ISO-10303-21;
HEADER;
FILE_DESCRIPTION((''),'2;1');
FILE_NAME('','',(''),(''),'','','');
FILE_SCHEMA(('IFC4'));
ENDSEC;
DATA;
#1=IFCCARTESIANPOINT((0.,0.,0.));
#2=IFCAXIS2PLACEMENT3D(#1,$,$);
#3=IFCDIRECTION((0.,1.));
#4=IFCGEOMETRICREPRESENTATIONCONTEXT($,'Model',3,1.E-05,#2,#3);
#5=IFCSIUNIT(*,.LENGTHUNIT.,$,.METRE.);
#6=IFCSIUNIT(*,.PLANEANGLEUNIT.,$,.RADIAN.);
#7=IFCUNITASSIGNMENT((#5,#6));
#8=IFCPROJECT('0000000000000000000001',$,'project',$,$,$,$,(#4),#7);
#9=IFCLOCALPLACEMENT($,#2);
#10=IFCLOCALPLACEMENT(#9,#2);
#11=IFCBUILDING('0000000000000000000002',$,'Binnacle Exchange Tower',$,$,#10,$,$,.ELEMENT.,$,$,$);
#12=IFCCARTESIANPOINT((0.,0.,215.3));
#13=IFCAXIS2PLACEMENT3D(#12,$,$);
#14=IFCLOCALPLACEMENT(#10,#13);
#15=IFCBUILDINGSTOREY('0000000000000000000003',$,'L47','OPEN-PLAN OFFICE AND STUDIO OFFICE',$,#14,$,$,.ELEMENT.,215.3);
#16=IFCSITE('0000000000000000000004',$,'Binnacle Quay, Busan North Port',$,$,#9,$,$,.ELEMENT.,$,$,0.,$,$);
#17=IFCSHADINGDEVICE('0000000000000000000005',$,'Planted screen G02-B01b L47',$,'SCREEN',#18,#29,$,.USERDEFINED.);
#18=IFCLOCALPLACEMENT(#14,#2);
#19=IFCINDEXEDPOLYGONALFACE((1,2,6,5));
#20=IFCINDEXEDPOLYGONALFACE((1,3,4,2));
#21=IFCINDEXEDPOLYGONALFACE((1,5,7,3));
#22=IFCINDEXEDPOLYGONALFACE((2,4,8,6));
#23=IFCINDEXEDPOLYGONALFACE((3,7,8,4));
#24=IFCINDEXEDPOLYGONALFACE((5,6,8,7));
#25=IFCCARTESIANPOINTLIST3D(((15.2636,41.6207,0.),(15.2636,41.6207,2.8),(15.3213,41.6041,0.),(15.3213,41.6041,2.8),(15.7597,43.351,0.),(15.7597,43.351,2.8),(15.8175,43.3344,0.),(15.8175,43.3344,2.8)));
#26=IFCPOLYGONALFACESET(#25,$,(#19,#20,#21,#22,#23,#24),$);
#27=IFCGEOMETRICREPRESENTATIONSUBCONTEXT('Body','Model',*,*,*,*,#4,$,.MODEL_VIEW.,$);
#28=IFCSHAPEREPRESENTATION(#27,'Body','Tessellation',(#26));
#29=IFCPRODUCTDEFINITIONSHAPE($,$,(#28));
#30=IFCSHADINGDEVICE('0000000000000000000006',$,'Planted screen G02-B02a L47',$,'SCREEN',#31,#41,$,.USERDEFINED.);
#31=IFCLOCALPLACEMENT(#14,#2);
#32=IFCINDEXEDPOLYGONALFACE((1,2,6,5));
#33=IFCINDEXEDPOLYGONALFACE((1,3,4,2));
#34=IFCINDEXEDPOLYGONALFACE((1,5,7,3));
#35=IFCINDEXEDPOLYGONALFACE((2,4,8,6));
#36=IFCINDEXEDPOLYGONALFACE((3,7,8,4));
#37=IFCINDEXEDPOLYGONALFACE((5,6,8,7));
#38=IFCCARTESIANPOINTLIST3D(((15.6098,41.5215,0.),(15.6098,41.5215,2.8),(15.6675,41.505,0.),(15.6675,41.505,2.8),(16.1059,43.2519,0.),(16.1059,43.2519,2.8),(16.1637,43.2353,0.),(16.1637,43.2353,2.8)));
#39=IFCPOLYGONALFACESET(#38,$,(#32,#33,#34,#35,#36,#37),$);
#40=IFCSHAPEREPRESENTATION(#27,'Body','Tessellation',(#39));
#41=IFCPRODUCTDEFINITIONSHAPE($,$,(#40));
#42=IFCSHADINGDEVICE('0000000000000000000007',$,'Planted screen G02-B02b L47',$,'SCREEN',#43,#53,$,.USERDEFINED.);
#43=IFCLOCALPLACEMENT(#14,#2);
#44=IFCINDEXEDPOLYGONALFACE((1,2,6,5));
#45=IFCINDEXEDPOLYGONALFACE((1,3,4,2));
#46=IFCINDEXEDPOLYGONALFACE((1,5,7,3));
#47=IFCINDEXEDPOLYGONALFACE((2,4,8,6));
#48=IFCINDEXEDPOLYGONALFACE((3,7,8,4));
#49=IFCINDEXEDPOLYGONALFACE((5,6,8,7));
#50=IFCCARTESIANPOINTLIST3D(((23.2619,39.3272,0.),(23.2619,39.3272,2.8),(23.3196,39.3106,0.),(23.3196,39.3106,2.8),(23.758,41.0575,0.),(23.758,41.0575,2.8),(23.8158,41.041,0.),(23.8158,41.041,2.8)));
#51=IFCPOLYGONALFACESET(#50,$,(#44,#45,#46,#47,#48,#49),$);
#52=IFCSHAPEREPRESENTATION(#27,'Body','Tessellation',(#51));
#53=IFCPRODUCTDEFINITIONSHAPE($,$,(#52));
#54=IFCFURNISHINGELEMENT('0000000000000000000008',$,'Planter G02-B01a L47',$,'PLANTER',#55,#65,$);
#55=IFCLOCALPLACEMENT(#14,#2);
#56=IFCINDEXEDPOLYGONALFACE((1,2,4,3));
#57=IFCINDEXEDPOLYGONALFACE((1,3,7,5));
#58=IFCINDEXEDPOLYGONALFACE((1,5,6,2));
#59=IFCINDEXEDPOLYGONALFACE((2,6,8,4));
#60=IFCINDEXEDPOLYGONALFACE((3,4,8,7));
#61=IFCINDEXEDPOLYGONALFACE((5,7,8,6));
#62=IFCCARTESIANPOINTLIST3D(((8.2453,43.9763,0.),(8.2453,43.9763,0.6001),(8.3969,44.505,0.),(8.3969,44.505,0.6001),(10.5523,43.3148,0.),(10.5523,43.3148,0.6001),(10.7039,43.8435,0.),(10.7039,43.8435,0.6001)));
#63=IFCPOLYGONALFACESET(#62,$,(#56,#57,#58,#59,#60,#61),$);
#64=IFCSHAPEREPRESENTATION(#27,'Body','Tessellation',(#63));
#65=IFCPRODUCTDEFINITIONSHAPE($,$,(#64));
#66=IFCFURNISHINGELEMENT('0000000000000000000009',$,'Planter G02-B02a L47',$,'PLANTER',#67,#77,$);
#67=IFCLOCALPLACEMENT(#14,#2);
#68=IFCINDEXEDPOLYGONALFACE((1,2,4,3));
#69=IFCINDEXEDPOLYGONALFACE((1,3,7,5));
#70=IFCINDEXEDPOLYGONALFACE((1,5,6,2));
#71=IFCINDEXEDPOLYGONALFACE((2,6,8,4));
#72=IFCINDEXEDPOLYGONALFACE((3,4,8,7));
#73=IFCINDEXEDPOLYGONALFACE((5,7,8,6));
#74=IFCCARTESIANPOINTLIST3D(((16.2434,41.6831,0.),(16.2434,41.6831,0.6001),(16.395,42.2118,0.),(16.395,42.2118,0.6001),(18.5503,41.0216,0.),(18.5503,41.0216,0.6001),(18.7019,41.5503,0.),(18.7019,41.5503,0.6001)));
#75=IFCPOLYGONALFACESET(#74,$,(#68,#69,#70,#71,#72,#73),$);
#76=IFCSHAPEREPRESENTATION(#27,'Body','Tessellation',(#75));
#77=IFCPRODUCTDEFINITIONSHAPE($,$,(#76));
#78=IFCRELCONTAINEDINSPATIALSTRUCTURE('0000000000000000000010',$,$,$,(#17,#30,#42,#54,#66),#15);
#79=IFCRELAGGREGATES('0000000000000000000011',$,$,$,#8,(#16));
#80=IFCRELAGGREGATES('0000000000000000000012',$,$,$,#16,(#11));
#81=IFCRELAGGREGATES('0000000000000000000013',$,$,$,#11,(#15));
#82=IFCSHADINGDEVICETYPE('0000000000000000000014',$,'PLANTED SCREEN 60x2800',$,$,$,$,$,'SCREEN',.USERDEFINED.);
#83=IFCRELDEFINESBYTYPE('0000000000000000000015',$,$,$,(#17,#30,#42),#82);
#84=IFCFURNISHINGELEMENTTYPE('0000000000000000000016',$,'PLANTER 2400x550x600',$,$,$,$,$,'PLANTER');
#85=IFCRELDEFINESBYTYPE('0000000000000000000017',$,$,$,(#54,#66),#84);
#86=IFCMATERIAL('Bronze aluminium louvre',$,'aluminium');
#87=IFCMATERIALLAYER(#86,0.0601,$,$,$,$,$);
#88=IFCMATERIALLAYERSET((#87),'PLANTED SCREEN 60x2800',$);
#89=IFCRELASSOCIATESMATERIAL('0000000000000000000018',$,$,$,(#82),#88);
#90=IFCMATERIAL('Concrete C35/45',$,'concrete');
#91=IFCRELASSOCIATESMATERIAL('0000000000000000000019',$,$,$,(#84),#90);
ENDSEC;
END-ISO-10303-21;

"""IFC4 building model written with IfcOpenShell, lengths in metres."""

from ifc_helpers import new_model, si_unit, direction, frame, origin, origin_2d, place, context, subcontext, project, spatial, rectangle, extrude, material, layer, layer_set, type_object, element, save


model = new_model("IFC4")

# Units and contexts
model_context = context("Model", 3, precision=1e-05, world=origin(), true_north=direction((0.0, 1.0)))
body_context = subcontext(model_context, "Body", "Model", "MODEL_VIEW")
ifc_project = project(units=[si_unit("LENGTHUNIT", "METRE"), si_unit("PLANEANGLEUNIT", "RADIAN")], contexts=[model_context])

# Site, building, storey
site_placement = place(None, origin())
site = spatial("IfcSite", under=ifc_project, at=site_placement, Name="Binnacle Quay, Busan North Port", CompositionType="ELEMENT", RefElevation=0.0)
building_placement = place(site_placement, origin())
building = spatial("IfcBuilding", under=site, at=building_placement, Name="Binnacle Exchange Tower", CompositionType="ELEMENT")
storey_placement = place(building_placement, frame((0.0, 0.0, 215.3)))
storey = spatial("IfcBuildingStorey", under=building, at=storey_placement, Name="L47", Description="OPEN-PLAN OFFICE AND STUDIO OFFICE", CompositionType="ELEMENT", Elevation=215.3)

# Shared definitions
ifc_material_1 = material(Name="Concrete C35/45", Category="concrete")

# Shading devices
ifc_material_2 = material(Name="Bronze aluminium louvre", Category="aluminium")
ifc_layer_1 = layer(ifc_material_2, 0.0601)
ifc_layer_set_1 = layer_set([ifc_layer_1], Name="PLANTED SCREEN 60x2800")
shading_device_type = type_object("IfcShadingDeviceType", Name="PLANTED SCREEN 60x2800", ElementType="SCREEN", PredefinedType="USERDEFINED", material=ifc_layer_set_1)
for number, where, z_axis, x_axis, name in (
    (1, (15.5405, 42.4775, 0.0), (0.0, 0.0, 1.0), (0.961262, -0.275637, 0.0), "Planted screen G02-B01b L47"),
    (2, (15.8867, 42.3784, 0.0), (0.0, 0.0, 1.0), (0.961262, -0.275637, 0.0), "Planted screen G02-B02a L47"),
    (3, (23.5388, 40.1841, 0.0), (0.0, 0.0, 1.0), (0.961262, -0.275637, 0.0), "Planted screen G02-B02b L47"),
):
    element("IfcShadingDevice", number, at=place(storey_placement, frame(where, z_axis=z_axis, x_axis=x_axis)), inside=storey, type_object=shading_device_type, Name=name, ObjectType="SCREEN", PredefinedType="USERDEFINED", context=body_context, shape_type="SweptSolid", body=[
        extrude(rectangle(XDim=0.0601, YDim=1.8, at=origin_2d()), origin(), (0.0, 0.0, 1.0), 2.8),
    ])

# Furnishing elements
furnishing_element_type = type_object("IfcFurnishingElementType", Name="PLANTER 2400x550x600", ElementType="PLANTER", material=ifc_material_1)
for number, where, z_axis, x_axis, name in (
    (4, (9.4746, 43.9099, 0.0), (0.0, 0.0, 1.0), (0.961262, -0.275637, 0.0), "Planter G02-B01a L47"),
    (5, (17.4727, 41.6167, 0.0), (0.0, 0.0, 1.0), (0.961262, -0.275637, 0.0), "Planter G02-B02a L47"),
):
    element("IfcFurnishingElement", number, at=place(storey_placement, frame(where, z_axis=z_axis, x_axis=x_axis)), inside=storey, type_object=furnishing_element_type, Name=name, ObjectType="PLANTER", context=body_context, shape_type="SweptSolid", body=[
        extrude(rectangle(XDim=2.3999, YDim=0.55, at=origin_2d()), origin(), (0.0, 0.0, 1.0), 0.6001),
    ])

save(model, "model.ifc")
